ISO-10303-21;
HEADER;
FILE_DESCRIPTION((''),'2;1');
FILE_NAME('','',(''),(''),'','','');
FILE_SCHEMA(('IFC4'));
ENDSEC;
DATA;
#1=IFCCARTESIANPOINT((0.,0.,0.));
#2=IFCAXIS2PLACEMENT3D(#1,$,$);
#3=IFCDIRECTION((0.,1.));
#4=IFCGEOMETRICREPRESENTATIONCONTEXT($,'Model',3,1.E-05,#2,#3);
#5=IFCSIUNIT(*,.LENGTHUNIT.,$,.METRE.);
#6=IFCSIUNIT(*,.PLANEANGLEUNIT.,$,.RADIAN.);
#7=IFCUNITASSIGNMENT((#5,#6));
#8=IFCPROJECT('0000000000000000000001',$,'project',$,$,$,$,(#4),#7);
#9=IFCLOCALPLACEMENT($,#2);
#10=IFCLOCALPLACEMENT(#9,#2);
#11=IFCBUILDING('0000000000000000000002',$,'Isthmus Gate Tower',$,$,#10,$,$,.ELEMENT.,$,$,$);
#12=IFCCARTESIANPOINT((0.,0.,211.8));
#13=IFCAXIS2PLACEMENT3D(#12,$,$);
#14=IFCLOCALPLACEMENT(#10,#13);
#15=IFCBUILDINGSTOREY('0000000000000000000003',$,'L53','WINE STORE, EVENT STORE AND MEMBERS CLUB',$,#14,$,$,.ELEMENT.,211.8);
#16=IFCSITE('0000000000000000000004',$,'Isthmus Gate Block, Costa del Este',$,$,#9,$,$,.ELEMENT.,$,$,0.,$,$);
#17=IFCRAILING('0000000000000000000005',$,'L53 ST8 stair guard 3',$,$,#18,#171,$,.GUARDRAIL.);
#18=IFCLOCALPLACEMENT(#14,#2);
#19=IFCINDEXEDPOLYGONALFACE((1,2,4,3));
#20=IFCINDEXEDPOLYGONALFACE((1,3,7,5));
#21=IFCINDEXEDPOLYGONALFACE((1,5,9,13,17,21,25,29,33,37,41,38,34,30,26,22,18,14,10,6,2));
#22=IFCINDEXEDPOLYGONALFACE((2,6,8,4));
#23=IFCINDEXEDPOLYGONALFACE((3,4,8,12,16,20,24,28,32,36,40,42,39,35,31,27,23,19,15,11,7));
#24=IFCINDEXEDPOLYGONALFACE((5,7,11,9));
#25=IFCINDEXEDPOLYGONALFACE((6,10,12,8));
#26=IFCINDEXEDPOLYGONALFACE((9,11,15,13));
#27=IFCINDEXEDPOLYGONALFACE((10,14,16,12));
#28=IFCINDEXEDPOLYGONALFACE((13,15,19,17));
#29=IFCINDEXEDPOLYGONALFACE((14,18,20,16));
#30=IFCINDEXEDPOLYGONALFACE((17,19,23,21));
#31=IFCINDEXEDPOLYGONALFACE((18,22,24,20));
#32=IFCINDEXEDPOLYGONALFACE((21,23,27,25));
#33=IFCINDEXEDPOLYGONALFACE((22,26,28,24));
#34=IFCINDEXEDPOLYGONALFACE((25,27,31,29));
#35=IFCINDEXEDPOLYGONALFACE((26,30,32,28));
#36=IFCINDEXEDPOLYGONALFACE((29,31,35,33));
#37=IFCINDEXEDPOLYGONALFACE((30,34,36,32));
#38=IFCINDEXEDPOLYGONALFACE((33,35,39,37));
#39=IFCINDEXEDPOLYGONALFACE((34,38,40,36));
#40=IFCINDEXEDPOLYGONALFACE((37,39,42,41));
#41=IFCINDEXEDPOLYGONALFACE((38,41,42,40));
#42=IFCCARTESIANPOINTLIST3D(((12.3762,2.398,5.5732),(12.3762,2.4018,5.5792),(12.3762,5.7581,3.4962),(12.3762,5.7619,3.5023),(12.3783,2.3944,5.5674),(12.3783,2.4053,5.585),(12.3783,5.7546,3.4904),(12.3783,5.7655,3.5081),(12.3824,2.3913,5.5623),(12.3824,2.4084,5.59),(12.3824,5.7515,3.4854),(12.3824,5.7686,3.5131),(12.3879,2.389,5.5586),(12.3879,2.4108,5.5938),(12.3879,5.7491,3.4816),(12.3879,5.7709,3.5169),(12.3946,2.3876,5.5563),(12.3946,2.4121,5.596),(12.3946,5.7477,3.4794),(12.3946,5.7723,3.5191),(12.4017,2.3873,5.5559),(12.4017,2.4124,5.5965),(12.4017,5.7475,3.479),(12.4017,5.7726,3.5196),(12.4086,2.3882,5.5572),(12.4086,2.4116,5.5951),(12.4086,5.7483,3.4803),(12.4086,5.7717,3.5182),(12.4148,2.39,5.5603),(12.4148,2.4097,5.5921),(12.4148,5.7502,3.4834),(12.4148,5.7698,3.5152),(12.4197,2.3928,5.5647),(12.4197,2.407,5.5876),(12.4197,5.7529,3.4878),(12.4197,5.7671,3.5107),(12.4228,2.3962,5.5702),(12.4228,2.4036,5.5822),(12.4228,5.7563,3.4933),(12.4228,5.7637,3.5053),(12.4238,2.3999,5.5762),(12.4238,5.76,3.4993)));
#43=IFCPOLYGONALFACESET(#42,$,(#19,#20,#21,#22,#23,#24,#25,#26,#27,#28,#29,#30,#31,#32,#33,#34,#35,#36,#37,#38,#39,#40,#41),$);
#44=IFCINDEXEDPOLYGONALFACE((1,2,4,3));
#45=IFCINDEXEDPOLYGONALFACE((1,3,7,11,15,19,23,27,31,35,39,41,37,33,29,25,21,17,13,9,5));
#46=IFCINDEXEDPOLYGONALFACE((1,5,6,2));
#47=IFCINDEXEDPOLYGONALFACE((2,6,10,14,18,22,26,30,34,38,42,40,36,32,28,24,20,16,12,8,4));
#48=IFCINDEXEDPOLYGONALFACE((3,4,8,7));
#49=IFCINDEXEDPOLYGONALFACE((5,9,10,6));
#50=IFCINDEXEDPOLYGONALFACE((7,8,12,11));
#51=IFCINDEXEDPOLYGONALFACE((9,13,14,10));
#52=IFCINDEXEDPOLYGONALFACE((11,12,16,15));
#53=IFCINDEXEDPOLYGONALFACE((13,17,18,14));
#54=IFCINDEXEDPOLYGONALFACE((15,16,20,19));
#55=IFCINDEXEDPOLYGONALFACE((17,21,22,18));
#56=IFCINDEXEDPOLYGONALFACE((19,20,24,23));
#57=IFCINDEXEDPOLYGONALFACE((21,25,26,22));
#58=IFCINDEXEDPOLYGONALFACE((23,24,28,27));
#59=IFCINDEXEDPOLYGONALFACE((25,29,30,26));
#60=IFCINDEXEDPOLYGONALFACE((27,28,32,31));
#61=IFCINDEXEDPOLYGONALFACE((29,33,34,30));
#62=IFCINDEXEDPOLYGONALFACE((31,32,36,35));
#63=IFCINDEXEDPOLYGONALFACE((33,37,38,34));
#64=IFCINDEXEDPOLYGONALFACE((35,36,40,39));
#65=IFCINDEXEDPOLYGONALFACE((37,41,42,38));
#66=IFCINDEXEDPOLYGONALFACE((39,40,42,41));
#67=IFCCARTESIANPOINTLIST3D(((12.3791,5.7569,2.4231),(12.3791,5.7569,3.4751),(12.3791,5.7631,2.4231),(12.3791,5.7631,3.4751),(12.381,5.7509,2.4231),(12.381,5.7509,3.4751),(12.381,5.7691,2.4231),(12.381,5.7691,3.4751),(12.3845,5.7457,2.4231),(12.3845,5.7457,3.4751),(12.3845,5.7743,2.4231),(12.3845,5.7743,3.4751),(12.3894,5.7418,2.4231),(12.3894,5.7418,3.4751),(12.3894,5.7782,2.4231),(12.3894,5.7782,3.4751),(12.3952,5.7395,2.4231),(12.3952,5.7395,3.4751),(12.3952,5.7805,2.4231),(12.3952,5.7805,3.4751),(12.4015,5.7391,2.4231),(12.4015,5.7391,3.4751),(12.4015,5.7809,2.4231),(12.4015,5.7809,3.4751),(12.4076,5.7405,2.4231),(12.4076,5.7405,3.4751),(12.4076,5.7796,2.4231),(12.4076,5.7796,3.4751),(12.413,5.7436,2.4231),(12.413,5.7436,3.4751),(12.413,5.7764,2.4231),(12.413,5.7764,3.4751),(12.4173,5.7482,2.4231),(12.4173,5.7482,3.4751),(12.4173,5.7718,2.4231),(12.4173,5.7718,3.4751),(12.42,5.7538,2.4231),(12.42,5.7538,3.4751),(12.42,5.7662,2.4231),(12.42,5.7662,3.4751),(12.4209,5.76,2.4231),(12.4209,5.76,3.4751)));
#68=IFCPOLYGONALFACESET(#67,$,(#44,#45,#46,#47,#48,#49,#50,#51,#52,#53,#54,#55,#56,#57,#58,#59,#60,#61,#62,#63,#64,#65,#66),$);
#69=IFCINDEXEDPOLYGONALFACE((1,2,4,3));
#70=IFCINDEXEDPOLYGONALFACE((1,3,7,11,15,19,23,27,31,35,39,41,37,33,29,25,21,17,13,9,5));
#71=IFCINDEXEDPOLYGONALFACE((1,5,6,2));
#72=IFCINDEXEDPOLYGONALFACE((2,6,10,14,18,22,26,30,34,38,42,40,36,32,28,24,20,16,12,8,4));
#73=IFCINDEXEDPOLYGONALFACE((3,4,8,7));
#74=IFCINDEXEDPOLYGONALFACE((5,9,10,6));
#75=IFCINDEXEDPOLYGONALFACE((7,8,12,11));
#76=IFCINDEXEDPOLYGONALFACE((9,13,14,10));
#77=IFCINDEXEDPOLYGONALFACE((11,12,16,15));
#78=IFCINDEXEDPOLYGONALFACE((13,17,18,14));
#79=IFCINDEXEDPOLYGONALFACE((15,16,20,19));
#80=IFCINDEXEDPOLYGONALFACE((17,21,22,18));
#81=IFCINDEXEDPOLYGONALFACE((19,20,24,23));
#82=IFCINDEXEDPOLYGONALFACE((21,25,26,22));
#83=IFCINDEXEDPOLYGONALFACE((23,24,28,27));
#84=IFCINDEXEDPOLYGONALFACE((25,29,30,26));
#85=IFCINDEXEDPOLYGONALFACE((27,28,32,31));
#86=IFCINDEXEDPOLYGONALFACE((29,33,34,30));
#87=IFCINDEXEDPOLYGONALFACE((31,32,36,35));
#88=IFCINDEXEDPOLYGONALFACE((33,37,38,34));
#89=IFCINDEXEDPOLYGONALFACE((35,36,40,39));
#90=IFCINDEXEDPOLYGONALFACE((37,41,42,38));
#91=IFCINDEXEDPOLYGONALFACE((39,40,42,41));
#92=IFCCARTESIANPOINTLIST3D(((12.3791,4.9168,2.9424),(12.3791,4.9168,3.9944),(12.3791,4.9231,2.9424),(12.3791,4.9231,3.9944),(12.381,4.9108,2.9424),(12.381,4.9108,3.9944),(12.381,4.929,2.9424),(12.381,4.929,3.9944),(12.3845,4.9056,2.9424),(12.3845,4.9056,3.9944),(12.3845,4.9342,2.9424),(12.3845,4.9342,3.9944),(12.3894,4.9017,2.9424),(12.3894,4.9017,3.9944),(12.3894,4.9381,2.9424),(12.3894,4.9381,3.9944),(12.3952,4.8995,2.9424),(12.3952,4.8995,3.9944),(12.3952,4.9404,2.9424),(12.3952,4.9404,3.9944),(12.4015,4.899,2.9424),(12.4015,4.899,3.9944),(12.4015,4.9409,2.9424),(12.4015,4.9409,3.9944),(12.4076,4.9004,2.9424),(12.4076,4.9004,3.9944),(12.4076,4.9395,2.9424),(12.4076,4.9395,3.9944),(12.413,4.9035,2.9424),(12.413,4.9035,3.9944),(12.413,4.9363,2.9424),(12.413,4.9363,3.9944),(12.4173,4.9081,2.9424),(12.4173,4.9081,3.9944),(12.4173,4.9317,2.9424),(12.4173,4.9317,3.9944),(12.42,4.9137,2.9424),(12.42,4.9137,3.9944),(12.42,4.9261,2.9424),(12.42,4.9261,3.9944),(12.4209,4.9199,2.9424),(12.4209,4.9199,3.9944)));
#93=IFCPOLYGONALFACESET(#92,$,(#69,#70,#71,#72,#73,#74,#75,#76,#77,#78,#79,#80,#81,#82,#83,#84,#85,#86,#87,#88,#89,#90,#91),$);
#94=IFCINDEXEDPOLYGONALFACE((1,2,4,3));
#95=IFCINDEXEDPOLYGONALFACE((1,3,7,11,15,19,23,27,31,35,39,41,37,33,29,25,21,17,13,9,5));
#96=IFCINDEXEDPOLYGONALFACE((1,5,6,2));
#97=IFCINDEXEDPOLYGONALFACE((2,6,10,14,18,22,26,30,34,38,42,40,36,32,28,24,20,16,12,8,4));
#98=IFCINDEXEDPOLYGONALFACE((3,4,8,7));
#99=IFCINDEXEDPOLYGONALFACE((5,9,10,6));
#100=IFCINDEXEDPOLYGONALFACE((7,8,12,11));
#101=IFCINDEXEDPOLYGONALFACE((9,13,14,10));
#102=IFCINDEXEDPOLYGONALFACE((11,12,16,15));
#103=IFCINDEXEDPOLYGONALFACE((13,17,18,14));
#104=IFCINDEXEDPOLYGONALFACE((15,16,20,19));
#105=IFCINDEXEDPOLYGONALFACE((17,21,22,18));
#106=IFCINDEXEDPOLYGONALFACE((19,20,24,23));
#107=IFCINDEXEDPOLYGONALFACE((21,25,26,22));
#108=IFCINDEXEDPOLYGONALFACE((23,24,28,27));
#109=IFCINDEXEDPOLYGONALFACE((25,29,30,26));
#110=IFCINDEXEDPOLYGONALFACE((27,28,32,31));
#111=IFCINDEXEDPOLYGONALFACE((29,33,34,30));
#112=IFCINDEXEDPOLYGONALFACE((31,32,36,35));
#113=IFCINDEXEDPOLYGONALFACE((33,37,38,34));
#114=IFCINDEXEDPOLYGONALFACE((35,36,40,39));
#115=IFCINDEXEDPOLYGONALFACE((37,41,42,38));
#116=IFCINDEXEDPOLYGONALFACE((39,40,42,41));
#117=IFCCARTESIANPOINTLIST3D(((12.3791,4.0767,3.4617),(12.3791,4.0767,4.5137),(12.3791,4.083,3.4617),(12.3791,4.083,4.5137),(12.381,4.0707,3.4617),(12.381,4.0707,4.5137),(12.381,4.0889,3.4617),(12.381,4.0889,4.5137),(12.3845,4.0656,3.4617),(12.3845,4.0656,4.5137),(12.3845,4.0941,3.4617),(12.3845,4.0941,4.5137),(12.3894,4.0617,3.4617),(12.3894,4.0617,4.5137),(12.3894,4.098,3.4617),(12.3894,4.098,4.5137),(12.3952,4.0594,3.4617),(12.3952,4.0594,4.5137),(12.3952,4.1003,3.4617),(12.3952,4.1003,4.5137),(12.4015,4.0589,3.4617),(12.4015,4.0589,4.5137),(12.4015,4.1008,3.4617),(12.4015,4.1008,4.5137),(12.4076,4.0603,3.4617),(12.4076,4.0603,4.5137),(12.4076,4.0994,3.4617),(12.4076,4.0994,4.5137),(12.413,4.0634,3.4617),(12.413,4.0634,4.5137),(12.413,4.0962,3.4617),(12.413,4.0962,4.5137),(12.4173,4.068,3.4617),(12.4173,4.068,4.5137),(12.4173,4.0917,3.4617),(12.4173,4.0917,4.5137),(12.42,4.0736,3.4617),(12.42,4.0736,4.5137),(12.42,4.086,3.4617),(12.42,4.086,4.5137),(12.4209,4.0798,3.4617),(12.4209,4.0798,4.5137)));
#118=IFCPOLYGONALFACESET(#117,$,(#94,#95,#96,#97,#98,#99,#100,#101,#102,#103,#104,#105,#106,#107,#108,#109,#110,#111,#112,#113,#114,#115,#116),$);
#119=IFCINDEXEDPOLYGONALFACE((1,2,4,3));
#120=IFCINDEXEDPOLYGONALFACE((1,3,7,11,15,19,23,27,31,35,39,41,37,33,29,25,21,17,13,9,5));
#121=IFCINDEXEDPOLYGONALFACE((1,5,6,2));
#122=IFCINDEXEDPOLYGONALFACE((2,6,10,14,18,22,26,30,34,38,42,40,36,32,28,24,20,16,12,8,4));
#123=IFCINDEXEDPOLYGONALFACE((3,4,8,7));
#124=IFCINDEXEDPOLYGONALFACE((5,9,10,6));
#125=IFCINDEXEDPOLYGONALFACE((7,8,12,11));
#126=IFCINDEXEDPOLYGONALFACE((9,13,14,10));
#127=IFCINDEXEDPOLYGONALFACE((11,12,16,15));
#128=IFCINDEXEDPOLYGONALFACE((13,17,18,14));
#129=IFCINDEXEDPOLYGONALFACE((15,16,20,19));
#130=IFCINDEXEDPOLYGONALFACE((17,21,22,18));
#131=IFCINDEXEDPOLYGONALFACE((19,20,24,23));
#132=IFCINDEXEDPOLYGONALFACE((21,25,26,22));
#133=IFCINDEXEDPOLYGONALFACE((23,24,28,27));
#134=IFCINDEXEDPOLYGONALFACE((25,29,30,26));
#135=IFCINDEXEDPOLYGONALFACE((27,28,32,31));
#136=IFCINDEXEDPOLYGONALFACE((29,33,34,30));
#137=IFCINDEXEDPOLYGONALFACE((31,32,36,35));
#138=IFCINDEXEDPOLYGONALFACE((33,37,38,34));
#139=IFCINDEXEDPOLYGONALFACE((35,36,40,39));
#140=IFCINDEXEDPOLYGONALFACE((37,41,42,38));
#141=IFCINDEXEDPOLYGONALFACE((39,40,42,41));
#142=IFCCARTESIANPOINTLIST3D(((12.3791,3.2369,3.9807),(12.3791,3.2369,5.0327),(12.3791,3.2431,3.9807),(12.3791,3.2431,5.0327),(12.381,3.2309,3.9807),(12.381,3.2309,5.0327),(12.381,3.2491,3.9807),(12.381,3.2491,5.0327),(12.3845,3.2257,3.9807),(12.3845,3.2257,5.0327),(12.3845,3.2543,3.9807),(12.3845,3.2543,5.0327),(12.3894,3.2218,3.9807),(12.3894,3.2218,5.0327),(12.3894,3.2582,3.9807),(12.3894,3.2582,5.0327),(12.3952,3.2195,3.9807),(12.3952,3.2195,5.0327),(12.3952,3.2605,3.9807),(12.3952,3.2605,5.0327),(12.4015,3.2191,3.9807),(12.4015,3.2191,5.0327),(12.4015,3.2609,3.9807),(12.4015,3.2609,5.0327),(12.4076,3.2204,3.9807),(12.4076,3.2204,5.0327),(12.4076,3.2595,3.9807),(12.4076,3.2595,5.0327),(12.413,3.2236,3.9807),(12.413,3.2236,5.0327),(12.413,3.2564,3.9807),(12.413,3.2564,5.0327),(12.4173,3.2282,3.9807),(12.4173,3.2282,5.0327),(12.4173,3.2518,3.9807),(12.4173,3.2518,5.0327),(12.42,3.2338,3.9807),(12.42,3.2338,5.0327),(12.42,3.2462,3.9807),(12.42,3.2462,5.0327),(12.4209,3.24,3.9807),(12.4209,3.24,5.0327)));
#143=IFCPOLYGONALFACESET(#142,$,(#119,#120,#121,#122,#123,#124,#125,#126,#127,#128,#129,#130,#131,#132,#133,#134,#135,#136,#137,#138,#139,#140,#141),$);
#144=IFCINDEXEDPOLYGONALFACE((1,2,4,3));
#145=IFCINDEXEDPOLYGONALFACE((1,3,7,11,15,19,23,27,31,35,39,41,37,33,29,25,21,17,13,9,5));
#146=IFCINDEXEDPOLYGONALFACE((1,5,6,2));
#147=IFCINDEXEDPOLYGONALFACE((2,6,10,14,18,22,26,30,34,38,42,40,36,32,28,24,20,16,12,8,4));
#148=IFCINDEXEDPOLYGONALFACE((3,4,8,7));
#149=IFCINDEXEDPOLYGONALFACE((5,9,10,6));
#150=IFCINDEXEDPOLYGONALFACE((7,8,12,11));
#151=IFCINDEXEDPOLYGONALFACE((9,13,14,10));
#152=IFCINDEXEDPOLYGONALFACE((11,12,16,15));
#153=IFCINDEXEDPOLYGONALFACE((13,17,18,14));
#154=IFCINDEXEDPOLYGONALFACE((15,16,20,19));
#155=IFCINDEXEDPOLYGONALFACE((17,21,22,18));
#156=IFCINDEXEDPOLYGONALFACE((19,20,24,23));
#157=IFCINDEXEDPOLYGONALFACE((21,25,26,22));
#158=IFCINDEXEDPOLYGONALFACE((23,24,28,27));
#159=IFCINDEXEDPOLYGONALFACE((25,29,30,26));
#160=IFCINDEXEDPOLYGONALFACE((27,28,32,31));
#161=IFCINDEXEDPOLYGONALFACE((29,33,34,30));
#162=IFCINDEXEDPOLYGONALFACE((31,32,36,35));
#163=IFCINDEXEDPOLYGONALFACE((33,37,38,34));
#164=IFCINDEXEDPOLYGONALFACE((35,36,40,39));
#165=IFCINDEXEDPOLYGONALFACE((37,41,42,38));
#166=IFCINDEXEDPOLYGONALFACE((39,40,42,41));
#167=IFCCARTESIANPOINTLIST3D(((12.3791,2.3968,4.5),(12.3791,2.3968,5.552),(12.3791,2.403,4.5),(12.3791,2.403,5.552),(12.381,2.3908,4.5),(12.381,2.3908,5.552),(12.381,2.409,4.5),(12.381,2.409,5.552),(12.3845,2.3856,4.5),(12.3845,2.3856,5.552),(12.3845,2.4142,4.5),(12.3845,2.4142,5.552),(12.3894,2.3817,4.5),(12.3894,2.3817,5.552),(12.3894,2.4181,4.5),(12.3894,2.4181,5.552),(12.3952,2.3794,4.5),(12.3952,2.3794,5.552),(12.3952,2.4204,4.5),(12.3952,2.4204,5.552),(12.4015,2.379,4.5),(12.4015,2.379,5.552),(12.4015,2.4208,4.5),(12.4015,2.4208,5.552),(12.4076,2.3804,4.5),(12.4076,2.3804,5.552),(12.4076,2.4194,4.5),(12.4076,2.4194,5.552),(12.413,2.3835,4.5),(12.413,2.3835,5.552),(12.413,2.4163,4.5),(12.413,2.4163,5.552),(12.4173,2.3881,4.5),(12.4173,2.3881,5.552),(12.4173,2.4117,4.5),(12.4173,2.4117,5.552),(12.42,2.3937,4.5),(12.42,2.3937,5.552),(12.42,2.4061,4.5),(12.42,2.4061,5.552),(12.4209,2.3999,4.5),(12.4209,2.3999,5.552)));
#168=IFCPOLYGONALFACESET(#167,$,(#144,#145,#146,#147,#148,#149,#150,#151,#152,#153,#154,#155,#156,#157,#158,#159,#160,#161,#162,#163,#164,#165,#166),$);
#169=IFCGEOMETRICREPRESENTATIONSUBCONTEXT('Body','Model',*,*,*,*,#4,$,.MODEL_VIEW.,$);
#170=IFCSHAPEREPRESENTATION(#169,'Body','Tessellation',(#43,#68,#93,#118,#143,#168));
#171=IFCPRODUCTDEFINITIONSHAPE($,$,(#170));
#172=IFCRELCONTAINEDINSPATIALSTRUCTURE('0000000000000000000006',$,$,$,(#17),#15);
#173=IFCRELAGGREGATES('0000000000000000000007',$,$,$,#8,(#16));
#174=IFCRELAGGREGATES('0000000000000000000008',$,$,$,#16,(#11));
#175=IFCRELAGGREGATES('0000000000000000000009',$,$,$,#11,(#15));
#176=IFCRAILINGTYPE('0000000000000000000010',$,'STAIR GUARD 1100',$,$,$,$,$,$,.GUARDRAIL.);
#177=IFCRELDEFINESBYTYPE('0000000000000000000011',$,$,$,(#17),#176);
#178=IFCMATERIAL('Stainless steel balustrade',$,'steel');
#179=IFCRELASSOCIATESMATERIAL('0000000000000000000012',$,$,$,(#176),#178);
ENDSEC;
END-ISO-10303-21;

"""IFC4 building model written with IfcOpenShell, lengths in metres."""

from ifc_helpers import new_model, si_unit, direction, frame, origin, origin_2d, place, context, subcontext, project, spatial, circle, extrude, material, type_object, element, save


model = new_model("IFC4")

# Units and contexts
model_context = context("Model", 3, precision=1e-05, world=origin(), true_north=direction((0.0, 1.0)))
body_context = subcontext(model_context, "Body", "Model", "MODEL_VIEW")
ifc_project = project(units=[si_unit("LENGTHUNIT", "METRE"), si_unit("PLANEANGLEUNIT", "RADIAN")], contexts=[model_context])

# Site, building, storey
site_placement = place(None, origin())
site = spatial("IfcSite", under=ifc_project, at=site_placement, Name="Isthmus Gate Block, Costa del Este", CompositionType="ELEMENT", RefElevation=0.0)
building_placement = place(site_placement, origin())
building = spatial("IfcBuilding", under=site, at=building_placement, Name="Isthmus Gate Tower", CompositionType="ELEMENT")
storey_placement = place(building_placement, frame((0.0, 0.0, 211.8)))
storey = spatial("IfcBuildingStorey", under=building, at=storey_placement, Name="L53", Description="WINE STORE, EVENT STORE AND MEMBERS CLUB", CompositionType="ELEMENT", Elevation=211.8)

# Railing
ifc_material_1 = material(Name="Stainless steel balustrade", Category="steel")
railing_type_1 = type_object("IfcRailingType", Name="STAIR GUARD 1100", PredefinedType="GUARDRAIL", material=ifc_material_1)
railing_1_placement = place(storey_placement, frame((12.3999, 5.76, 2.4231)))
element("IfcRailing", 1, at=railing_1_placement, inside=storey, type_object=railing_type_1, Name="L53 ST8 stair guard 3", PredefinedType="GUARDRAIL", context=body_context, shape_type="SweptSolid", body=[
    extrude(circle(Radius=0.0239, at=origin_2d()), frame((0.0, 0.0, 1.0762), z_axis=(0.0, -0.850623, 0.525776), x_axis=(1.0, 0.0, 0.0)), (0.0, 0.0, 1.0), 3.9502),
    extrude(circle(Radius=0.021, at=origin_2d()), origin(), (0.0, 0.0, 1.0), 1.052),
    extrude(circle(Radius=0.021, at=origin_2d()), frame((0.0, -0.8401, 0.5193)), (0.0, 0.0, 1.0), 1.052),
    extrude(circle(Radius=0.021, at=origin_2d()), frame((0.0, -1.6802, 1.0386)), (0.0, 0.0, 1.0), 1.052),
    extrude(circle(Radius=0.021, at=origin_2d()), frame((0.0, -2.52, 1.5576)), (0.0, 0.0, 1.0), 1.052),
    extrude(circle(Radius=0.021, at=origin_2d()), frame((0.0, -3.3601, 2.0769)), (0.0, 0.0, 1.0), 1.052),
])

save(model, "model.ifc")
